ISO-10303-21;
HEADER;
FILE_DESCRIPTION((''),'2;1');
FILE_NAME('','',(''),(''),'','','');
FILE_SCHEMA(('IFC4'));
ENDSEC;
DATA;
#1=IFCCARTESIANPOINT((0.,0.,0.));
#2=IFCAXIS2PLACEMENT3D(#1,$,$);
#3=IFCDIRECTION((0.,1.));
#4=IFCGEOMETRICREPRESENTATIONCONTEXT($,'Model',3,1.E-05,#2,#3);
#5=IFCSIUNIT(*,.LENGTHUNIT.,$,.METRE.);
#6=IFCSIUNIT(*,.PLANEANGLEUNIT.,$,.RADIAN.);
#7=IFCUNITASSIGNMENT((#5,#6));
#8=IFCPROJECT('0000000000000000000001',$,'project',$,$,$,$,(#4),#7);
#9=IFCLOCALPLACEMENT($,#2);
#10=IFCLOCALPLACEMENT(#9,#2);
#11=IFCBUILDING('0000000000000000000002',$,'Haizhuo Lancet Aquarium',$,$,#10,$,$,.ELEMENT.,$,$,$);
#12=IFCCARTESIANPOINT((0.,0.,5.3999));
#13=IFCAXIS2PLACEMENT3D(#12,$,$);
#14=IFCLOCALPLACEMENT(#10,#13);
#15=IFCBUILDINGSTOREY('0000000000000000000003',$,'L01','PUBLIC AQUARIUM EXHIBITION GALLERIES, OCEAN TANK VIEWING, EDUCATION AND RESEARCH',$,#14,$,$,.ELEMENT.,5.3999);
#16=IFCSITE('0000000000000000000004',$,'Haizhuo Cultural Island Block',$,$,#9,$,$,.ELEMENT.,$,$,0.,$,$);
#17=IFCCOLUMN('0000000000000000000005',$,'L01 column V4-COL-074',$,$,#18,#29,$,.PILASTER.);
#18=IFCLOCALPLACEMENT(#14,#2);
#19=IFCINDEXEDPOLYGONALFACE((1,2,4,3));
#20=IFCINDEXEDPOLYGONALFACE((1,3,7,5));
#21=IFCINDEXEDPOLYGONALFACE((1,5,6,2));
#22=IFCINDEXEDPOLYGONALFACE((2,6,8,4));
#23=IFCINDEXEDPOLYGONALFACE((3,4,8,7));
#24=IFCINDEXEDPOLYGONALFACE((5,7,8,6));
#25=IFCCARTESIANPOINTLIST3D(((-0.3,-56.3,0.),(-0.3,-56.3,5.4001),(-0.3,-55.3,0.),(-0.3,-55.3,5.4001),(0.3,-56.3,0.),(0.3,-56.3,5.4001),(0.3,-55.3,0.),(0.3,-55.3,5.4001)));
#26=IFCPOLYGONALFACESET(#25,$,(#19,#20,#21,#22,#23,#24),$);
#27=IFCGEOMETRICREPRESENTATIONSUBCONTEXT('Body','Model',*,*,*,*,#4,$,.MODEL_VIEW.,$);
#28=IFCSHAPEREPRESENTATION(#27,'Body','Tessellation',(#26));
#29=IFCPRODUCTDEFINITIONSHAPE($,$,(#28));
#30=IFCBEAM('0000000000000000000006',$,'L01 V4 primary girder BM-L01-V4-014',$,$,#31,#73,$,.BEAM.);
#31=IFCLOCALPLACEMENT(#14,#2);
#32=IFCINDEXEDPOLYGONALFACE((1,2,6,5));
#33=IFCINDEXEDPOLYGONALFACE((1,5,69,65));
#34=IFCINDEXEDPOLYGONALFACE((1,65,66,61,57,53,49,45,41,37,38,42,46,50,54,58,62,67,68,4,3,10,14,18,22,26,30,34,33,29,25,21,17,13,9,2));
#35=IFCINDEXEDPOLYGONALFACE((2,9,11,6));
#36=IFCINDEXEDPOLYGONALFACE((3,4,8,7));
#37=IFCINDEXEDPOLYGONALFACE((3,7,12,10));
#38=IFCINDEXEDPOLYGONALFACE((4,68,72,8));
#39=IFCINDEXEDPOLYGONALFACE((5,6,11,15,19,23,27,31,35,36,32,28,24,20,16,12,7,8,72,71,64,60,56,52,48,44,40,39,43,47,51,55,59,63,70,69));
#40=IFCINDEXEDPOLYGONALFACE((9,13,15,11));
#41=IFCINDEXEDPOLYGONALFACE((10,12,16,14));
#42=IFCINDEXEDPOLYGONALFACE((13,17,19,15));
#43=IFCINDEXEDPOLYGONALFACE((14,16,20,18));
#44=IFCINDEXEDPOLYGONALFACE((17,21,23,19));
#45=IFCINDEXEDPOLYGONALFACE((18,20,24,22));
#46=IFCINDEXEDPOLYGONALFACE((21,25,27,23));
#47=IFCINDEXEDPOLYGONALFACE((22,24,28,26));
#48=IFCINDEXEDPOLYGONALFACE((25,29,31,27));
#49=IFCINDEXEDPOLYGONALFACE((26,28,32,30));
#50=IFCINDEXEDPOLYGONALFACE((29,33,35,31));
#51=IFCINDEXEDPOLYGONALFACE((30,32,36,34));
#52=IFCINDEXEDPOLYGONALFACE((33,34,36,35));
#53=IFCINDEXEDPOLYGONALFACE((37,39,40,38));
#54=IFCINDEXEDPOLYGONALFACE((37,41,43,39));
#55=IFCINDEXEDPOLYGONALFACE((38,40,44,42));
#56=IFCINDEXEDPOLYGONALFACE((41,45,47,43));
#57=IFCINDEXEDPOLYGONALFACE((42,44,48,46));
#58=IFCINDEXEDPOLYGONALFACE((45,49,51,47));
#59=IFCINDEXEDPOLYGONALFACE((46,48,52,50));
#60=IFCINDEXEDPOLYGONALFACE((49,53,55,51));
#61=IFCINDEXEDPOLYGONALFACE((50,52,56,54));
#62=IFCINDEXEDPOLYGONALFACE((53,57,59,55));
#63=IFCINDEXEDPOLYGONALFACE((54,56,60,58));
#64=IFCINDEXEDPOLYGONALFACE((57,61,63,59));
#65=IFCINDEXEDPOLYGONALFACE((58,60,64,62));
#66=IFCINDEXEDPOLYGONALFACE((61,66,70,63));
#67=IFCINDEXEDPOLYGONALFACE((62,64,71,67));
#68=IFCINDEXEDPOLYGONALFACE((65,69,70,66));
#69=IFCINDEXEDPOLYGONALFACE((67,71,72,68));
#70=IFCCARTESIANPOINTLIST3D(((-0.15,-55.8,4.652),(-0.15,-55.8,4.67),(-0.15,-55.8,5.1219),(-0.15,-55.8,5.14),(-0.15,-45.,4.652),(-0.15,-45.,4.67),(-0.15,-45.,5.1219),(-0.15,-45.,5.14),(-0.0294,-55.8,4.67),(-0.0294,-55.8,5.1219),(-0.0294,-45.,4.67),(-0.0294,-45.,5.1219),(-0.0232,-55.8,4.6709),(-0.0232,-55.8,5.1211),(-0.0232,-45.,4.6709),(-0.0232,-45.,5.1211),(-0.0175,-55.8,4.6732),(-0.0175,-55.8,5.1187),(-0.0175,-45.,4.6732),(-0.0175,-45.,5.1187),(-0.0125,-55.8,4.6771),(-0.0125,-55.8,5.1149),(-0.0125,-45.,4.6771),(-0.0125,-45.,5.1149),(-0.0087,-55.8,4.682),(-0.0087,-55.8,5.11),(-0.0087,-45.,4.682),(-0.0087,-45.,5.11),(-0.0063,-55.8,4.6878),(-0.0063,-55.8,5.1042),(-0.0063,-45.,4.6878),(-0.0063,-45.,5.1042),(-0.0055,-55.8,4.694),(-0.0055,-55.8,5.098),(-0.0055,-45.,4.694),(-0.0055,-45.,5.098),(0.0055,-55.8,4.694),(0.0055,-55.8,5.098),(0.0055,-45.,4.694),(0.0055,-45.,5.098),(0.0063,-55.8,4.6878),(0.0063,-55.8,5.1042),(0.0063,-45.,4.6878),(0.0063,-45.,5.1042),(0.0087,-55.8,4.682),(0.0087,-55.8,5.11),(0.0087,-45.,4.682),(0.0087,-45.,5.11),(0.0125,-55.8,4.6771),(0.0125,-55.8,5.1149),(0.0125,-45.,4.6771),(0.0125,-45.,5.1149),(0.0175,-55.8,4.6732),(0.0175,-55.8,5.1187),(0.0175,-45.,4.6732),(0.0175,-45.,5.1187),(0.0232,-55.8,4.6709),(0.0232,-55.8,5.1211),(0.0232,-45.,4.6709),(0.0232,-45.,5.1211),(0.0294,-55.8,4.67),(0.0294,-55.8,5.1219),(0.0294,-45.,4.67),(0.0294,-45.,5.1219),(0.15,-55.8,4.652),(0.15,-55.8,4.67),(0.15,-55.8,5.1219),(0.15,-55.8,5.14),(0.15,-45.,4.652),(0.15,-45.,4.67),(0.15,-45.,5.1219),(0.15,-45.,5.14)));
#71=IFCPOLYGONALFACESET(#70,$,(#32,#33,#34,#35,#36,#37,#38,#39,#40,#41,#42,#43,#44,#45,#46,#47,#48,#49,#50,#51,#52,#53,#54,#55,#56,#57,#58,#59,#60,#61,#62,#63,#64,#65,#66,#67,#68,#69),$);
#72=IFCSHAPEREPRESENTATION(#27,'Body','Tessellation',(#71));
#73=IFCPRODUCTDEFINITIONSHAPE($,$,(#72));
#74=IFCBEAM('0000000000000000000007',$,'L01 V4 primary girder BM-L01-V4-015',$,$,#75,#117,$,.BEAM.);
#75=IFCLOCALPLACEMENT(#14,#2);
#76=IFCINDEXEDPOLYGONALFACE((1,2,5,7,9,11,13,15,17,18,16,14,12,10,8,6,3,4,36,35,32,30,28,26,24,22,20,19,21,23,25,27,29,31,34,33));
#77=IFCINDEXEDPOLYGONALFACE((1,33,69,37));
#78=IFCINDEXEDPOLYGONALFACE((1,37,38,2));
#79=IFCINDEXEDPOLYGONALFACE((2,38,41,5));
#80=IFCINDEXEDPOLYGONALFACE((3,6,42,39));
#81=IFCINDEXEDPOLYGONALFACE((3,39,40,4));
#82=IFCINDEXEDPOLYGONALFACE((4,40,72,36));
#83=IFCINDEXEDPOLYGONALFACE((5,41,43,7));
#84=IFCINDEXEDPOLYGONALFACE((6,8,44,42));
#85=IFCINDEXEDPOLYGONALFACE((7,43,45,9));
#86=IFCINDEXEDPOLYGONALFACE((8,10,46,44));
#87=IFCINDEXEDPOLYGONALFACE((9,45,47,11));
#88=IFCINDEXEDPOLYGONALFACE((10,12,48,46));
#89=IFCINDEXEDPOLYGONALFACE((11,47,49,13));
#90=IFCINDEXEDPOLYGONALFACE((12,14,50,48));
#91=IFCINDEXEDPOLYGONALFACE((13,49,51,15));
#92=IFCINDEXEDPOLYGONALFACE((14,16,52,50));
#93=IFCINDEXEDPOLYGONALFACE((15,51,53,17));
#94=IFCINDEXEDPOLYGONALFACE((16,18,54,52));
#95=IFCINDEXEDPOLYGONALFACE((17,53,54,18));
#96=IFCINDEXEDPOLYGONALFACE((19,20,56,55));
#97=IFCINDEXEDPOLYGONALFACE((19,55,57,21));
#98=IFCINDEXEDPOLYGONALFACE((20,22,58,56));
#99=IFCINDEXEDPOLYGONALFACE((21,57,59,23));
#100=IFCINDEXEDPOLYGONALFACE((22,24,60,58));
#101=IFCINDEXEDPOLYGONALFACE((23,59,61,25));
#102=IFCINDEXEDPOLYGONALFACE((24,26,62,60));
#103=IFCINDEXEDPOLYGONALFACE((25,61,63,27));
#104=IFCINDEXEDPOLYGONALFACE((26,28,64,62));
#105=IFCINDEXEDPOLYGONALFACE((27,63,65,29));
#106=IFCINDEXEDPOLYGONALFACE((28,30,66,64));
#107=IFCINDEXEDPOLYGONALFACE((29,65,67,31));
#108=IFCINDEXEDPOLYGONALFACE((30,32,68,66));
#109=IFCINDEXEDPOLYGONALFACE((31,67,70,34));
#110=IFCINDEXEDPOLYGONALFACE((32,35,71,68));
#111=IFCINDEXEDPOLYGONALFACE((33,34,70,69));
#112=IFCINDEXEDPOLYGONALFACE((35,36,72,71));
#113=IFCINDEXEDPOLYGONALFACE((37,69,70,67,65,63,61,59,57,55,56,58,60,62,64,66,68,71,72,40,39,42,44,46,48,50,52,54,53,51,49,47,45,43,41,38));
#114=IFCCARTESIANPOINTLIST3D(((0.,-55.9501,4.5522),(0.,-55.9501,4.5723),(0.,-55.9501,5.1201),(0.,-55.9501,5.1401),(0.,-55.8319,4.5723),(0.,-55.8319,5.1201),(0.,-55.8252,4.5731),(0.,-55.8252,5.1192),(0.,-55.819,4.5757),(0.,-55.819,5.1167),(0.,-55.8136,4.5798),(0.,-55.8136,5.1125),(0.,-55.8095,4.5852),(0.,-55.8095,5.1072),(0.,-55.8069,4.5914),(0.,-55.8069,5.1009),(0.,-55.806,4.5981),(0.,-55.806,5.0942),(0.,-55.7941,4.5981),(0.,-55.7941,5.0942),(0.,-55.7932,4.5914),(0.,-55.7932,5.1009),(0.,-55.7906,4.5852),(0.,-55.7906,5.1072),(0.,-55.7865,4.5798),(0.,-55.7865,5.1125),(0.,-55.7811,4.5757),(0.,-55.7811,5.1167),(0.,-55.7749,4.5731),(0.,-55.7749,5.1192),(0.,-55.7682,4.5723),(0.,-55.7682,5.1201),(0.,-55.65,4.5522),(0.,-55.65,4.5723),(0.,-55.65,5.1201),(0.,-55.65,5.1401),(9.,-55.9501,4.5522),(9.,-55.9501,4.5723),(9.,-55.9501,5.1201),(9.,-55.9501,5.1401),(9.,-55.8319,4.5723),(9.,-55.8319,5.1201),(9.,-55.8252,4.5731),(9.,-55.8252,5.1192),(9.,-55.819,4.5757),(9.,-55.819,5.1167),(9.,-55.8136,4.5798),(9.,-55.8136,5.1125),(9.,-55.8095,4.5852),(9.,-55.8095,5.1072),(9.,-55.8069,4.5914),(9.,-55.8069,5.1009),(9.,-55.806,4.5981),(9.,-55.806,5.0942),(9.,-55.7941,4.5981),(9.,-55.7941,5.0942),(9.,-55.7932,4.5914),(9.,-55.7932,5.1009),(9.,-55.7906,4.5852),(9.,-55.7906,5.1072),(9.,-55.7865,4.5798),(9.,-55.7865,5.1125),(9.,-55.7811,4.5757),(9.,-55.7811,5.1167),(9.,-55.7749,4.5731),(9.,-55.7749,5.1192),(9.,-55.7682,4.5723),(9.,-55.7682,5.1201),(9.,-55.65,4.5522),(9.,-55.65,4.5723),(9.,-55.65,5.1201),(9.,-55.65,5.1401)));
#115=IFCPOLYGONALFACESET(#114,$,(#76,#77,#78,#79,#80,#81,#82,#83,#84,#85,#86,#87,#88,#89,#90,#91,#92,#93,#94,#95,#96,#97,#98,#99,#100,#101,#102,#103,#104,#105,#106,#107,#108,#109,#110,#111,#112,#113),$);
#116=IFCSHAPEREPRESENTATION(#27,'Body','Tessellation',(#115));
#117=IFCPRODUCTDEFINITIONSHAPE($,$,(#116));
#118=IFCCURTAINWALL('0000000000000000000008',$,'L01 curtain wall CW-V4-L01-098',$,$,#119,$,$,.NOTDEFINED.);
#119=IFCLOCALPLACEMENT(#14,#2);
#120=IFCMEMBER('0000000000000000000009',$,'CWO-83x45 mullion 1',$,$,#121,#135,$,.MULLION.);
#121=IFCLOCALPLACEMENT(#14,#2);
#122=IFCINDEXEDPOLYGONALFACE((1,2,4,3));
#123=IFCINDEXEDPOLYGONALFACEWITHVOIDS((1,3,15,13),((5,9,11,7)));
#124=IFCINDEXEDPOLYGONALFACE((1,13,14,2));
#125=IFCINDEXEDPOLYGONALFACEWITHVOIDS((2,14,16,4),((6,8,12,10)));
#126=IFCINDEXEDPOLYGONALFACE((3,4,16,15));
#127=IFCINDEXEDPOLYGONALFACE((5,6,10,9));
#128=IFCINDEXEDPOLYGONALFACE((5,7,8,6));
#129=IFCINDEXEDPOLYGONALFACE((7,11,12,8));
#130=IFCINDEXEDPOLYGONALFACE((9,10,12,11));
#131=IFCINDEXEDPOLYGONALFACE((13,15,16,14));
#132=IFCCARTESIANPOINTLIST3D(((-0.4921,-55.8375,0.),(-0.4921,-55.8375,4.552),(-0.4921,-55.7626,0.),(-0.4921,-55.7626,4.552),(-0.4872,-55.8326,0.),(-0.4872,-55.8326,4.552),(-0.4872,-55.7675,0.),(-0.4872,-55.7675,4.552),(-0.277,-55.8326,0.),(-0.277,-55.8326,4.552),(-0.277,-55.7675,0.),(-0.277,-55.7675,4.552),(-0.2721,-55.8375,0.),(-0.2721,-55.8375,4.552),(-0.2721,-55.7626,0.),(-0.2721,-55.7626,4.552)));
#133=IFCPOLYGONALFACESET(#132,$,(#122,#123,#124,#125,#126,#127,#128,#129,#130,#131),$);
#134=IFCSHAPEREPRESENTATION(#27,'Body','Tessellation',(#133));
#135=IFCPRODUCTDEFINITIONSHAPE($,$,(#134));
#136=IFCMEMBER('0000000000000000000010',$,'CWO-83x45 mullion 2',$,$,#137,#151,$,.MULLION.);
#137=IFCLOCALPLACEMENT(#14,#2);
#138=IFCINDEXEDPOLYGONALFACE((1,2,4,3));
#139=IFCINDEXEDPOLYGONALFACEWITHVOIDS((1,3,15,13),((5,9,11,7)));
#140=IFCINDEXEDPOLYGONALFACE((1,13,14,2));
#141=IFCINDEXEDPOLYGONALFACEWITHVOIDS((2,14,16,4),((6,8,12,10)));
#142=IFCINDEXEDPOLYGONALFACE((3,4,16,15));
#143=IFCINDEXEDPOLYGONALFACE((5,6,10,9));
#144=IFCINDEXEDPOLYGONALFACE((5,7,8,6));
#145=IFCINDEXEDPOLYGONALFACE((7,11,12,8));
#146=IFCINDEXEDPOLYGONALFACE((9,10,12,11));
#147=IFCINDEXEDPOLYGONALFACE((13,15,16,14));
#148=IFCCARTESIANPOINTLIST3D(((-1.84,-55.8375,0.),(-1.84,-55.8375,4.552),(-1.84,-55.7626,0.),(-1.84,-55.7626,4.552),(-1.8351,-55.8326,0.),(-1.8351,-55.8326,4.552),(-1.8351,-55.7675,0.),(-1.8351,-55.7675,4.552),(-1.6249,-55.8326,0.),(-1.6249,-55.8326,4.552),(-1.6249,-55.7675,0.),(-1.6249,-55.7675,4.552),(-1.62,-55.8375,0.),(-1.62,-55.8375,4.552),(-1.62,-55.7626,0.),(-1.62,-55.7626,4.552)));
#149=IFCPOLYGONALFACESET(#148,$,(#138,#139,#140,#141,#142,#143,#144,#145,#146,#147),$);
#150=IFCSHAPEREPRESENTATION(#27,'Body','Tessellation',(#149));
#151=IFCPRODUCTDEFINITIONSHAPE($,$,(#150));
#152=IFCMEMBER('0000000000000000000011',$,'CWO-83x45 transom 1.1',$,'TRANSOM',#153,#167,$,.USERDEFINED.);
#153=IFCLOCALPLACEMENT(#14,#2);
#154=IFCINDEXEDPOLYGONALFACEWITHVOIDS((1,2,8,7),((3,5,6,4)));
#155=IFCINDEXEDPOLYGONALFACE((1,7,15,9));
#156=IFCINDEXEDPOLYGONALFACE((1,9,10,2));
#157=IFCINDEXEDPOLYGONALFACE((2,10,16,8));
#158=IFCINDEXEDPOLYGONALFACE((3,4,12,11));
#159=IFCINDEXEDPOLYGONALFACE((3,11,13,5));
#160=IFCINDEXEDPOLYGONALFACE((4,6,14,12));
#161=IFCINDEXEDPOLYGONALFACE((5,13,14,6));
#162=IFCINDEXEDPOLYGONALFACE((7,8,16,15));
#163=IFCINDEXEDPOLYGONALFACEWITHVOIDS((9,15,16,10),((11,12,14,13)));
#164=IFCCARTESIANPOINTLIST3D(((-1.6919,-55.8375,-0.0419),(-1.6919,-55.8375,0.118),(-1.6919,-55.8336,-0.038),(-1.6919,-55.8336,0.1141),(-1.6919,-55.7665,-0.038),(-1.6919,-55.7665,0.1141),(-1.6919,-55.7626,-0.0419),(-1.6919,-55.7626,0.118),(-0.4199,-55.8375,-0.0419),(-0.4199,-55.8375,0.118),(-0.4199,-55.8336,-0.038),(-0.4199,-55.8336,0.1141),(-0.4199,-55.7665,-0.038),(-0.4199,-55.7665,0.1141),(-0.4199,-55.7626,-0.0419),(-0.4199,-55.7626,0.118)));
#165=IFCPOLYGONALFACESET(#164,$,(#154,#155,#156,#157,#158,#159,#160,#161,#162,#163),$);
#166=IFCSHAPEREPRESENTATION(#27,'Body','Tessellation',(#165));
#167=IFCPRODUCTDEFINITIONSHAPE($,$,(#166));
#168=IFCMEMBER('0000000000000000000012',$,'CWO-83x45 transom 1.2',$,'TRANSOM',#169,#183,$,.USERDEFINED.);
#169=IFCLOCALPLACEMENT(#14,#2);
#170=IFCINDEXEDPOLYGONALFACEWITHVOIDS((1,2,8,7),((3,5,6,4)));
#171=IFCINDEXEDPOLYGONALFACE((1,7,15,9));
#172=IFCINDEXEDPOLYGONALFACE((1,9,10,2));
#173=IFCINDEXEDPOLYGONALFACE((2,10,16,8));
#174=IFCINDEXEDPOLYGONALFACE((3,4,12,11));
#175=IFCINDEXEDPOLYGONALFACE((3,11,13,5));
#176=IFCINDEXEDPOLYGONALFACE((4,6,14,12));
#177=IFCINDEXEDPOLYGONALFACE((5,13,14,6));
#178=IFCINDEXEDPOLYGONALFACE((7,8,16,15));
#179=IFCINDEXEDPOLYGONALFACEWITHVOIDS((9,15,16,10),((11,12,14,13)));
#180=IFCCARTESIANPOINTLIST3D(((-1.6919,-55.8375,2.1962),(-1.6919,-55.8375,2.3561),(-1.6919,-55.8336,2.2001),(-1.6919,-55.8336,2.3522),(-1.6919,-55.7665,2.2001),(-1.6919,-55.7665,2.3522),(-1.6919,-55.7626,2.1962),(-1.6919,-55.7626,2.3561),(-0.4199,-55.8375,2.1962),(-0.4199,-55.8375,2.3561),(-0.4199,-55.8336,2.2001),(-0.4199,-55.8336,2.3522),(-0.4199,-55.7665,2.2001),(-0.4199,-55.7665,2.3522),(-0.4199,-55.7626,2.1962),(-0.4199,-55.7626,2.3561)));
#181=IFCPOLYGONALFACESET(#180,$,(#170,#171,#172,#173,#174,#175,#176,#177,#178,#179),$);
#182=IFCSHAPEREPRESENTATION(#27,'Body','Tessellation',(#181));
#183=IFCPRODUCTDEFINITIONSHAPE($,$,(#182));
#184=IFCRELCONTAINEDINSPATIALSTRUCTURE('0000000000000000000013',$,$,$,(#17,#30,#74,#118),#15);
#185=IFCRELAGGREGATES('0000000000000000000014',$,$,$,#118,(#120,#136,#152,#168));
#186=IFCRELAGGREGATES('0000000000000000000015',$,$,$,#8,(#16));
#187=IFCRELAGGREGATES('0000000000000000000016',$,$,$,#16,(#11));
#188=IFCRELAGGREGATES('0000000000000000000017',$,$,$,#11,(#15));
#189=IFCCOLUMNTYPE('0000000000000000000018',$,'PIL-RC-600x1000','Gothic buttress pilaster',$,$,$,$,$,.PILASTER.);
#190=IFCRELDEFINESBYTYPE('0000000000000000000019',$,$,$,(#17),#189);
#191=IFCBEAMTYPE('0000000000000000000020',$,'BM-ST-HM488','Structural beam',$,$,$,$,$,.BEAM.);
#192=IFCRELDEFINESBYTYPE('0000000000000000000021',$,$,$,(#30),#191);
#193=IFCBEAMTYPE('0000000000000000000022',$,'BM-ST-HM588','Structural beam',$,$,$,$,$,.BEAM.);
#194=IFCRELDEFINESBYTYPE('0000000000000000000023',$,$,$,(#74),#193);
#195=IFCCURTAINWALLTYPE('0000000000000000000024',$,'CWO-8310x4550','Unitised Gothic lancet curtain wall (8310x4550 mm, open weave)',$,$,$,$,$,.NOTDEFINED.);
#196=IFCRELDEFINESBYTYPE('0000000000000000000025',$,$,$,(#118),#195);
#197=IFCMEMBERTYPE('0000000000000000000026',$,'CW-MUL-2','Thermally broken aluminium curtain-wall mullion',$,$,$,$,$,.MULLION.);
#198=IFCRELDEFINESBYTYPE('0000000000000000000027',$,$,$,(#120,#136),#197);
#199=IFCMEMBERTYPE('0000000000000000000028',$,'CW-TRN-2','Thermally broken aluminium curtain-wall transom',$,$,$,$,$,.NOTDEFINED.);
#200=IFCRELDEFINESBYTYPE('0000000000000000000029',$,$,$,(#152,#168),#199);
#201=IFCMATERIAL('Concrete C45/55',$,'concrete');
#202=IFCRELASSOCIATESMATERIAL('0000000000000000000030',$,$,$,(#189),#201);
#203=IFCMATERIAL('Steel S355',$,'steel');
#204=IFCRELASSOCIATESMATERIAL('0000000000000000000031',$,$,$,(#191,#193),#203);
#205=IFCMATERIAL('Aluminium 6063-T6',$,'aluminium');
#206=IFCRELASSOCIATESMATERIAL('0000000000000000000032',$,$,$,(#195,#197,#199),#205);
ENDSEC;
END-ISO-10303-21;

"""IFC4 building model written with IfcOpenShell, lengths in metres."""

from ifc_helpers import new_model, si_unit, direction, frame, origin, origin_2d, place, context, subcontext, project, spatial, rectangle, hollow_rectangle, i_section, extrude, material, material_profile, profile_set, type_object, element, aggregate, save


model = new_model("IFC4")

# Units and contexts
model_context = context("Model", 3, precision=1e-05, world=origin(), true_north=direction((0.0, 1.0)))
body_context = subcontext(model_context, "Body", "Model", "MODEL_VIEW")
ifc_project = project(units=[si_unit("LENGTHUNIT", "METRE"), si_unit("PLANEANGLEUNIT", "RADIAN")], contexts=[model_context])

# Site, building, storey
site_placement = place(None, origin())
site = spatial("IfcSite", under=ifc_project, at=site_placement, Name="Haizhuo Cultural Island Block", CompositionType="ELEMENT", RefElevation=0.0)
building_placement = place(site_placement, origin())
building = spatial("IfcBuilding", under=site, at=building_placement, Name="Haizhuo Lancet Aquarium", CompositionType="ELEMENT")
storey_placement = place(building_placement, frame((0.0, 0.0, 5.3999)))
storey = spatial("IfcBuildingStorey", under=building, at=storey_placement, Name="L01", Description="PUBLIC AQUARIUM EXHIBITION GALLERIES, OCEAN TANK VIEWING, EDUCATION AND RESEARCH", CompositionType="ELEMENT", Elevation=5.3999)

# Column
ifc_material_1 = material(Name="Concrete C45/55", Category="concrete")
ifc_material_profile_1 = material_profile(ifc_material_1, rectangle(XDim=0.6001, YDim=1.0, at=origin_2d()), Name="RC-PIL 600x1000")
ifc_profile_set_1 = profile_set([ifc_material_profile_1], Name="Concrete C45/55")
column_type = type_object("IfcColumnType", Name="PIL-RC-600x1000", Description="Gothic buttress pilaster", PredefinedType="PILASTER", material=ifc_profile_set_1)
column_placement = place(storey_placement, frame((0.0, -55.8, 0.0), z_axis=(0.0, 0.0, 1.0), x_axis=(1.0, 0.0, 0.0)))
element("IfcColumn", 1, at=column_placement, inside=storey, type_object=column_type, Name="L01 column V4-COL-074", PredefinedType="PILASTER", context=body_context, shape_type="SweptSolid", body=[
    extrude(rectangle(XDim=0.6001, YDim=1.0, at=origin_2d()), origin(), (0.0, 0.0, 1.0), 5.4001),
])

# Beams
ifc_material_2 = material(Name="Steel S355", Category="steel")
ifc_material_profile_2 = material_profile(ifc_material_2, i_section(OverallWidth=0.3, OverallDepth=0.488, WebThickness=0.011, FlangeThickness=0.0181, FilletRadius=0.0239, at=origin_2d()), Name="HM 488x300x11x18")
ifc_profile_set_2 = profile_set([ifc_material_profile_2], Name="Steel S355")
beam_type_1 = type_object("IfcBeamType", Name="BM-ST-HM488", Description="Structural beam", PredefinedType="BEAM", material=ifc_profile_set_2)
beam_1_placement = place(storey_placement, frame((0.0, -55.8, 4.896), z_axis=(0.0, 1.0, 0.0), x_axis=(-1.0, 0.0, 0.0)))
element("IfcBeam", 2, at=beam_1_placement, inside=storey, type_object=beam_type_1, Name="L01 V4 primary girder BM-L01-V4-014", PredefinedType="BEAM", context=body_context, shape_type="SweptSolid", body=[
    extrude(i_section(OverallWidth=0.3, OverallDepth=0.488, WebThickness=0.011, FlangeThickness=0.0181, FilletRadius=0.0239, at=origin_2d()), origin(), (0.0, 0.0, 1.0), 10.8),
])
ifc_material_profile_3 = material_profile(ifc_material_2, i_section(OverallWidth=0.3, OverallDepth=0.5879, WebThickness=0.012, FlangeThickness=0.02, FilletRadius=0.0259, at=origin_2d()), Name="HM 588x300x12x20")
ifc_profile_set_3 = profile_set([ifc_material_profile_3], Name="Steel S355")
beam_type_2 = type_object("IfcBeamType", Name="BM-ST-HM588", Description="Structural beam", PredefinedType="BEAM", material=ifc_profile_set_3)
beam_2_placement = place(storey_placement, frame((0.0, -55.8, 4.8462), z_axis=(1.0, 0.0, 0.0), x_axis=(0.0, 1.0, 0.0)))
element("IfcBeam", 3, at=beam_2_placement, inside=storey, type_object=beam_type_2, Name="L01 V4 primary girder BM-L01-V4-015", PredefinedType="BEAM", context=body_context, shape_type="SweptSolid", body=[
    extrude(i_section(OverallWidth=0.3, OverallDepth=0.5879, WebThickness=0.012, FlangeThickness=0.02, FilletRadius=0.0259, at=origin_2d()), origin(), (0.0, 0.0, 1.0), 9.0),
])

# Curtain wall, members
ifc_material_3 = material(Name="Aluminium 6063-T6", Category="aluminium")
curtain_wall_type = type_object("IfcCurtainWallType", Name="CWO-8310x4550", Description="Unitised Gothic lancet curtain wall (8310x4550 mm, open weave)", PredefinedType="NOTDEFINED", material=ifc_material_3)
curtain_wall_placement = place(storey_placement, origin())
curtain_wall = element("IfcCurtainWall", 4, at=curtain_wall_placement, inside=storey, type_object=curtain_wall_type, Name="L01 curtain wall CW-V4-L01-098", PredefinedType="NOTDEFINED")
ifc_material_profile_4 = material_profile(ifc_material_3, hollow_rectangle(XDim=0.075, YDim=0.22, WallThickness=0.0049, at=origin_2d()), Name="ALU-M 75x220x5")
ifc_profile_set_4 = profile_set([ifc_material_profile_4], Name="Aluminium 6063-T6")
member_type_1 = type_object("IfcMemberType", Name="CW-MUL-2", Description="Thermally broken aluminium curtain-wall mullion", PredefinedType="MULLION", material=ifc_profile_set_4)
member_1_placement = place(storey_placement, frame((-0.3821, -55.8, 0.0), z_axis=(0.0, 0.0, 1.0), x_axis=(0.0, -1.0, 0.0)))
member_1 = element("IfcMember", 5, at=member_1_placement, type_object=member_type_1, Name="CWO-83x45 mullion 1", PredefinedType="MULLION", context=body_context, shape_type="SweptSolid", body=[
    extrude(hollow_rectangle(XDim=0.075, YDim=0.22, WallThickness=0.0049, at=origin_2d()), origin(), (0.0, 0.0, 1.0), 4.552),
])
member_2_placement = place(storey_placement, frame((-1.73, -55.8, 0.0), z_axis=(0.0, 0.0, 1.0), x_axis=(0.0, -1.0, 0.0)))
member_2 = element("IfcMember", 6, at=member_2_placement, type_object=member_type_1, Name="CWO-83x45 mullion 2", PredefinedType="MULLION", context=body_context, shape_type="SweptSolid", body=[
    extrude(hollow_rectangle(XDim=0.075, YDim=0.22, WallThickness=0.0049, at=origin_2d()), origin(), (0.0, 0.0, 1.0), 4.552),
])
ifc_material_profile_5 = material_profile(ifc_material_3, hollow_rectangle(XDim=0.075, YDim=0.1599, WallThickness=0.0039, at=origin_2d()), Name="ALU-T 75x160x4")
ifc_profile_set_5 = profile_set([ifc_material_profile_5], Name="Aluminium 6063-T6")
member_type_2 = type_object("IfcMemberType", Name="CW-TRN-2", Description="Thermally broken aluminium curtain-wall transom", PredefinedType="NOTDEFINED", material=ifc_profile_set_5)
member_3_placement = place(storey_placement, frame((-0.4199, -55.8, 0.0381), z_axis=(-1.0, 0.0, 0.0), x_axis=(0.0, -1.0, 0.0)))
member_3 = element("IfcMember", 7, at=member_3_placement, type_object=member_type_2, Name="CWO-83x45 transom 1.1", ObjectType="TRANSOM", PredefinedType="USERDEFINED", context=body_context, shape_type="SweptSolid", body=[
    extrude(hollow_rectangle(XDim=0.075, YDim=0.1599, WallThickness=0.0039, at=origin_2d()), origin(), (0.0, 0.0, 1.0), 1.272),
])
member_4_placement = place(storey_placement, frame((-0.4199, -55.8, 2.2761), z_axis=(-1.0, 0.0, 0.0), x_axis=(0.0, -1.0, 0.0)))
member_4 = element("IfcMember", 8, at=member_4_placement, type_object=member_type_2, Name="CWO-83x45 transom 1.2", ObjectType="TRANSOM", PredefinedType="USERDEFINED", context=body_context, shape_type="SweptSolid", body=[
    extrude(hollow_rectangle(XDim=0.075, YDim=0.1599, WallThickness=0.0039, at=origin_2d()), origin(), (0.0, 0.0, 1.0), 1.272),
])

aggregate(curtain_wall, [member_1, member_2, member_3, member_4])

save(model, "model.ifc")
